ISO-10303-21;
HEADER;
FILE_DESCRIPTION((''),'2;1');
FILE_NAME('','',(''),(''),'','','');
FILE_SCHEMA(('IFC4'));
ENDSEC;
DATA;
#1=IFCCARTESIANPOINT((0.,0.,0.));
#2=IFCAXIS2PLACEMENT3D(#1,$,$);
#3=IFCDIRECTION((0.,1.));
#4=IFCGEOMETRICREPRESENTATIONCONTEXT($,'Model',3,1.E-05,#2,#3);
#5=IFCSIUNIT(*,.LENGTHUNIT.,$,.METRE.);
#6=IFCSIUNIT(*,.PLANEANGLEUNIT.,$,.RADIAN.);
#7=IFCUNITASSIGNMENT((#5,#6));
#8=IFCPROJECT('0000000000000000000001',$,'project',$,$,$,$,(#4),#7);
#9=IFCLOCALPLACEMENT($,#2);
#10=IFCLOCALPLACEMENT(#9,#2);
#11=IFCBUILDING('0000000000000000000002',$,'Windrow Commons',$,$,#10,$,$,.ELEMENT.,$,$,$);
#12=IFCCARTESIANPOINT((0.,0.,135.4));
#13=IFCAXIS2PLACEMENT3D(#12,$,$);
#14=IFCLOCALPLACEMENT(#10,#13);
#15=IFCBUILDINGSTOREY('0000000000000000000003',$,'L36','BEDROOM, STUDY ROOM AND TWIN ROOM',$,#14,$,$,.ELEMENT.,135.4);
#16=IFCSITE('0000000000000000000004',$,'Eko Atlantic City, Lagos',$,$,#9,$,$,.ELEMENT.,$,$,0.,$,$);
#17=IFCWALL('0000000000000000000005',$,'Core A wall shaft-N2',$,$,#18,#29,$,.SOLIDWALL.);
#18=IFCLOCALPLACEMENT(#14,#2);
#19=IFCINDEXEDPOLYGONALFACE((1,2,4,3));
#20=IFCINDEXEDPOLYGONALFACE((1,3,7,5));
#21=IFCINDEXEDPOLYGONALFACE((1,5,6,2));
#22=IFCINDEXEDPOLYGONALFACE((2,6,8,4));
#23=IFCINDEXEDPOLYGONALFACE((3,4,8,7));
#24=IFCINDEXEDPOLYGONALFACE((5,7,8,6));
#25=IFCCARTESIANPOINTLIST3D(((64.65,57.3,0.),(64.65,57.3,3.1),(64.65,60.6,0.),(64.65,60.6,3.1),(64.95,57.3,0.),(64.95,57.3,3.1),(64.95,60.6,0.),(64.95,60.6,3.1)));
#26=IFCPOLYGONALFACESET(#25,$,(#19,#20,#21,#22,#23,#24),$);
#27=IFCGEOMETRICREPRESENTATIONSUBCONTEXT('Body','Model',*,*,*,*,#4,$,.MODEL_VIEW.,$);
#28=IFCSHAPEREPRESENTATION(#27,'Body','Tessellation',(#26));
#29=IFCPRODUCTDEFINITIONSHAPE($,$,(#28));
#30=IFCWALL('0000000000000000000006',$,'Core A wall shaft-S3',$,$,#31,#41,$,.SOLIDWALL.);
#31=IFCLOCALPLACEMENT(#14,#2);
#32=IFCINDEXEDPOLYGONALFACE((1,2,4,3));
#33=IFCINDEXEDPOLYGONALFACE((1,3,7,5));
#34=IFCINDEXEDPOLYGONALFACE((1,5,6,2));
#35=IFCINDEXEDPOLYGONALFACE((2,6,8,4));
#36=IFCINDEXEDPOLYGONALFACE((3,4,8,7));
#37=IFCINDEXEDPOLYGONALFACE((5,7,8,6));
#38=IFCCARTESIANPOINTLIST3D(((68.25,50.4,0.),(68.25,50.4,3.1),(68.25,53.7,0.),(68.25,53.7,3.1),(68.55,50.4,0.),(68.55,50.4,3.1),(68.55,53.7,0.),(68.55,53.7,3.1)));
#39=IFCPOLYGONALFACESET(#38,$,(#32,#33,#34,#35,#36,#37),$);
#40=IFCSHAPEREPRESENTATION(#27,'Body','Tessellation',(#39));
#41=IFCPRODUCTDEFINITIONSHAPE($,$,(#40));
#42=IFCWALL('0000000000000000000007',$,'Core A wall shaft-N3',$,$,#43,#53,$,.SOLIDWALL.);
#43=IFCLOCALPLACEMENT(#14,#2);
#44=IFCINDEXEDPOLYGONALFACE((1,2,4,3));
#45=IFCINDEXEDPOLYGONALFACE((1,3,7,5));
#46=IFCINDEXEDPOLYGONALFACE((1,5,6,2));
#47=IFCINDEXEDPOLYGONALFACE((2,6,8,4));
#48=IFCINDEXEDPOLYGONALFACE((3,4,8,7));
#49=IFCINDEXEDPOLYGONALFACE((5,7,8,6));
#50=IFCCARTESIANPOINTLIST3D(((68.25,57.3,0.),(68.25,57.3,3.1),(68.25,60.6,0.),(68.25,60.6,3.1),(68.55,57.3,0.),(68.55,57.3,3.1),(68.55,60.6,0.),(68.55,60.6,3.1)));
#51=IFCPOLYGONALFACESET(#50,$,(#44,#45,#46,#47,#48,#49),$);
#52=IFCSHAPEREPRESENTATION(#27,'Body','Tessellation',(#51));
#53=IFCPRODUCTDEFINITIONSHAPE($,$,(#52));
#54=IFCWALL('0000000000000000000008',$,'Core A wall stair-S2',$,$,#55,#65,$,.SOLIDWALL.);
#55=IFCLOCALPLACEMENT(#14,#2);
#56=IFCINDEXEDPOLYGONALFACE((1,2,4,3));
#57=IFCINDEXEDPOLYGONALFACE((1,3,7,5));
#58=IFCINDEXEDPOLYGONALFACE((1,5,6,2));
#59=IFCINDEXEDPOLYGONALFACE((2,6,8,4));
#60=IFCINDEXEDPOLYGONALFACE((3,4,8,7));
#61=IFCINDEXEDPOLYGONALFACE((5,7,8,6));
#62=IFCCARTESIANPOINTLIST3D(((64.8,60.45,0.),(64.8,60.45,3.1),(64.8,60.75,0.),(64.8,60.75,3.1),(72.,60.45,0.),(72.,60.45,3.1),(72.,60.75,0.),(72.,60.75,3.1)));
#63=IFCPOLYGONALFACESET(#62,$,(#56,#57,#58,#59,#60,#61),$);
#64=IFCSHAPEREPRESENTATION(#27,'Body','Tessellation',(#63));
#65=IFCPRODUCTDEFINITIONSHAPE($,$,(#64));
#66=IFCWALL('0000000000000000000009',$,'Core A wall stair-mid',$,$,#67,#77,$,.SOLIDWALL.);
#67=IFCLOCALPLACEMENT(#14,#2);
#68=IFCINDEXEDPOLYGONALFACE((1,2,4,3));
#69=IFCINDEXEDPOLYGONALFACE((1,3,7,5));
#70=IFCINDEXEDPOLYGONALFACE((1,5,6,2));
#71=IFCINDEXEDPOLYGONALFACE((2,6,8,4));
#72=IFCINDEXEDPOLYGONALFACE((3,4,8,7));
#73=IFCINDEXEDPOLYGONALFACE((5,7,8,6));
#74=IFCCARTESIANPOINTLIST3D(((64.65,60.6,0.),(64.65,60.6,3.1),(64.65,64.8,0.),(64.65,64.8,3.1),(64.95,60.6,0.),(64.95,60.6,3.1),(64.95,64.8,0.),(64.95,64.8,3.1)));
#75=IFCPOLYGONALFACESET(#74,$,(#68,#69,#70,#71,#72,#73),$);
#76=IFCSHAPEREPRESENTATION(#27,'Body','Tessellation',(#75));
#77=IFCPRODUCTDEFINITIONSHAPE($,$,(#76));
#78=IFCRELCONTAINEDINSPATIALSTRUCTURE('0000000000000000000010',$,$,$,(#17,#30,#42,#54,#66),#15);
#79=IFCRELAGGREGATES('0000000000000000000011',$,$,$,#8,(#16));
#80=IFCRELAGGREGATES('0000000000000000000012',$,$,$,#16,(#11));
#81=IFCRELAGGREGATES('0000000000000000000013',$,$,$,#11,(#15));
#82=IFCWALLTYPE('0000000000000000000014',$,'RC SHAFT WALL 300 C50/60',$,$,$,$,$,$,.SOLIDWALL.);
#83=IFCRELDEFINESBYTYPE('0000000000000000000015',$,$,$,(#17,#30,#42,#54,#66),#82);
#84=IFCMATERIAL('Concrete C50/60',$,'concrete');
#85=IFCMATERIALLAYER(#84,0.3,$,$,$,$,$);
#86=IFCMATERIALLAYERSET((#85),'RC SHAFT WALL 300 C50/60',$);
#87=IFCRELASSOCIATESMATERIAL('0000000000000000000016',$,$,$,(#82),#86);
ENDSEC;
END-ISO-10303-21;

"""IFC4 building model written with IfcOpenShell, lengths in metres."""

from ifc_helpers import new_model, si_unit, direction, frame, frame_2d, origin, place, context, subcontext, project, spatial, rectangle, extrude, material, layer, layer_set, type_object, element, save


model = new_model("IFC4")

# Units and contexts
model_context = context("Model", 3, precision=1e-05, world=origin(), true_north=direction((0.0, 1.0)))
body_context = subcontext(model_context, "Body", "Model", "MODEL_VIEW")
ifc_project = project(units=[si_unit("LENGTHUNIT", "METRE"), si_unit("PLANEANGLEUNIT", "RADIAN")], contexts=[model_context])

# Site, building, storey
site_placement = place(None, origin())
site = spatial("IfcSite", under=ifc_project, at=site_placement, Name="Eko Atlantic City, Lagos", CompositionType="ELEMENT", RefElevation=0.0)
building_placement = place(site_placement, origin())
building = spatial("IfcBuilding", under=site, at=building_placement, Name="Windrow Commons", CompositionType="ELEMENT")
storey_placement = place(building_placement, frame((0.0, 0.0, 135.4)))
storey = spatial("IfcBuildingStorey", under=building, at=storey_placement, Name="L36", Description="BEDROOM, STUDY ROOM AND TWIN ROOM", CompositionType="ELEMENT", Elevation=135.4)

# Walls
ifc_material_1 = material(Name="Concrete C50/60", Category="concrete")
ifc_layer_1 = layer(ifc_material_1, 0.3)
ifc_layer_set_1 = layer_set([ifc_layer_1], Name="RC SHAFT WALL 300 C50/60")
wall_type_1 = type_object("IfcWallType", Name="RC SHAFT WALL 300 C50/60", PredefinedType="SOLIDWALL", material=ifc_layer_set_1)
for number, where, z_axis, x_axis, name in (
    (1, (64.8, 57.3, 0.0), (0.0, 0.0, 1.0), (0.0, 1.0, 0.0), "Core A wall shaft-N2"),
    (2, (68.4, 50.4, 0.0), (0.0, 0.0, 1.0), (0.0, 1.0, 0.0), "Core A wall shaft-S3"),
    (3, (68.4, 57.3, 0.0), (0.0, 0.0, 1.0), (0.0, 1.0, 0.0), "Core A wall shaft-N3"),
):
    element("IfcWall", number, at=place(storey_placement, frame(where, z_axis=z_axis, x_axis=x_axis)), inside=storey, type_object=wall_type_1, Name=name, PredefinedType="SOLIDWALL", context=body_context, shape_type="SweptSolid", body=[
        extrude(rectangle(XDim=3.3, YDim=0.3, at=frame_2d((1.65, 0.0))), origin(), (0.0, 0.0, 1.0), 3.1),
    ])
wall_1_placement = place(storey_placement, frame((64.8, 60.6, 0.0), z_axis=(0.0, 0.0, 1.0), x_axis=(1.0, 0.0, 0.0)))
element("IfcWall", 4, at=wall_1_placement, inside=storey, type_object=wall_type_1, Name="Core A wall stair-S2", PredefinedType="SOLIDWALL", context=body_context, shape_type="SweptSolid", body=[
    extrude(rectangle(XDim=7.2, YDim=0.3, at=frame_2d((3.6, 0.0))), origin(), (0.0, 0.0, 1.0), 3.1),
])
wall_2_placement = place(storey_placement, frame((64.8, 60.6, 0.0), z_axis=(0.0, 0.0, 1.0), x_axis=(0.0, 1.0, 0.0)))
element("IfcWall", 5, at=wall_2_placement, inside=storey, type_object=wall_type_1, Name="Core A wall stair-mid", PredefinedType="SOLIDWALL", context=body_context, shape_type="SweptSolid", body=[
    extrude(rectangle(XDim=4.2, YDim=0.3, at=frame_2d((2.1, 0.0))), origin(), (0.0, 0.0, 1.0), 3.1),
])

save(model, "model.ifc")
